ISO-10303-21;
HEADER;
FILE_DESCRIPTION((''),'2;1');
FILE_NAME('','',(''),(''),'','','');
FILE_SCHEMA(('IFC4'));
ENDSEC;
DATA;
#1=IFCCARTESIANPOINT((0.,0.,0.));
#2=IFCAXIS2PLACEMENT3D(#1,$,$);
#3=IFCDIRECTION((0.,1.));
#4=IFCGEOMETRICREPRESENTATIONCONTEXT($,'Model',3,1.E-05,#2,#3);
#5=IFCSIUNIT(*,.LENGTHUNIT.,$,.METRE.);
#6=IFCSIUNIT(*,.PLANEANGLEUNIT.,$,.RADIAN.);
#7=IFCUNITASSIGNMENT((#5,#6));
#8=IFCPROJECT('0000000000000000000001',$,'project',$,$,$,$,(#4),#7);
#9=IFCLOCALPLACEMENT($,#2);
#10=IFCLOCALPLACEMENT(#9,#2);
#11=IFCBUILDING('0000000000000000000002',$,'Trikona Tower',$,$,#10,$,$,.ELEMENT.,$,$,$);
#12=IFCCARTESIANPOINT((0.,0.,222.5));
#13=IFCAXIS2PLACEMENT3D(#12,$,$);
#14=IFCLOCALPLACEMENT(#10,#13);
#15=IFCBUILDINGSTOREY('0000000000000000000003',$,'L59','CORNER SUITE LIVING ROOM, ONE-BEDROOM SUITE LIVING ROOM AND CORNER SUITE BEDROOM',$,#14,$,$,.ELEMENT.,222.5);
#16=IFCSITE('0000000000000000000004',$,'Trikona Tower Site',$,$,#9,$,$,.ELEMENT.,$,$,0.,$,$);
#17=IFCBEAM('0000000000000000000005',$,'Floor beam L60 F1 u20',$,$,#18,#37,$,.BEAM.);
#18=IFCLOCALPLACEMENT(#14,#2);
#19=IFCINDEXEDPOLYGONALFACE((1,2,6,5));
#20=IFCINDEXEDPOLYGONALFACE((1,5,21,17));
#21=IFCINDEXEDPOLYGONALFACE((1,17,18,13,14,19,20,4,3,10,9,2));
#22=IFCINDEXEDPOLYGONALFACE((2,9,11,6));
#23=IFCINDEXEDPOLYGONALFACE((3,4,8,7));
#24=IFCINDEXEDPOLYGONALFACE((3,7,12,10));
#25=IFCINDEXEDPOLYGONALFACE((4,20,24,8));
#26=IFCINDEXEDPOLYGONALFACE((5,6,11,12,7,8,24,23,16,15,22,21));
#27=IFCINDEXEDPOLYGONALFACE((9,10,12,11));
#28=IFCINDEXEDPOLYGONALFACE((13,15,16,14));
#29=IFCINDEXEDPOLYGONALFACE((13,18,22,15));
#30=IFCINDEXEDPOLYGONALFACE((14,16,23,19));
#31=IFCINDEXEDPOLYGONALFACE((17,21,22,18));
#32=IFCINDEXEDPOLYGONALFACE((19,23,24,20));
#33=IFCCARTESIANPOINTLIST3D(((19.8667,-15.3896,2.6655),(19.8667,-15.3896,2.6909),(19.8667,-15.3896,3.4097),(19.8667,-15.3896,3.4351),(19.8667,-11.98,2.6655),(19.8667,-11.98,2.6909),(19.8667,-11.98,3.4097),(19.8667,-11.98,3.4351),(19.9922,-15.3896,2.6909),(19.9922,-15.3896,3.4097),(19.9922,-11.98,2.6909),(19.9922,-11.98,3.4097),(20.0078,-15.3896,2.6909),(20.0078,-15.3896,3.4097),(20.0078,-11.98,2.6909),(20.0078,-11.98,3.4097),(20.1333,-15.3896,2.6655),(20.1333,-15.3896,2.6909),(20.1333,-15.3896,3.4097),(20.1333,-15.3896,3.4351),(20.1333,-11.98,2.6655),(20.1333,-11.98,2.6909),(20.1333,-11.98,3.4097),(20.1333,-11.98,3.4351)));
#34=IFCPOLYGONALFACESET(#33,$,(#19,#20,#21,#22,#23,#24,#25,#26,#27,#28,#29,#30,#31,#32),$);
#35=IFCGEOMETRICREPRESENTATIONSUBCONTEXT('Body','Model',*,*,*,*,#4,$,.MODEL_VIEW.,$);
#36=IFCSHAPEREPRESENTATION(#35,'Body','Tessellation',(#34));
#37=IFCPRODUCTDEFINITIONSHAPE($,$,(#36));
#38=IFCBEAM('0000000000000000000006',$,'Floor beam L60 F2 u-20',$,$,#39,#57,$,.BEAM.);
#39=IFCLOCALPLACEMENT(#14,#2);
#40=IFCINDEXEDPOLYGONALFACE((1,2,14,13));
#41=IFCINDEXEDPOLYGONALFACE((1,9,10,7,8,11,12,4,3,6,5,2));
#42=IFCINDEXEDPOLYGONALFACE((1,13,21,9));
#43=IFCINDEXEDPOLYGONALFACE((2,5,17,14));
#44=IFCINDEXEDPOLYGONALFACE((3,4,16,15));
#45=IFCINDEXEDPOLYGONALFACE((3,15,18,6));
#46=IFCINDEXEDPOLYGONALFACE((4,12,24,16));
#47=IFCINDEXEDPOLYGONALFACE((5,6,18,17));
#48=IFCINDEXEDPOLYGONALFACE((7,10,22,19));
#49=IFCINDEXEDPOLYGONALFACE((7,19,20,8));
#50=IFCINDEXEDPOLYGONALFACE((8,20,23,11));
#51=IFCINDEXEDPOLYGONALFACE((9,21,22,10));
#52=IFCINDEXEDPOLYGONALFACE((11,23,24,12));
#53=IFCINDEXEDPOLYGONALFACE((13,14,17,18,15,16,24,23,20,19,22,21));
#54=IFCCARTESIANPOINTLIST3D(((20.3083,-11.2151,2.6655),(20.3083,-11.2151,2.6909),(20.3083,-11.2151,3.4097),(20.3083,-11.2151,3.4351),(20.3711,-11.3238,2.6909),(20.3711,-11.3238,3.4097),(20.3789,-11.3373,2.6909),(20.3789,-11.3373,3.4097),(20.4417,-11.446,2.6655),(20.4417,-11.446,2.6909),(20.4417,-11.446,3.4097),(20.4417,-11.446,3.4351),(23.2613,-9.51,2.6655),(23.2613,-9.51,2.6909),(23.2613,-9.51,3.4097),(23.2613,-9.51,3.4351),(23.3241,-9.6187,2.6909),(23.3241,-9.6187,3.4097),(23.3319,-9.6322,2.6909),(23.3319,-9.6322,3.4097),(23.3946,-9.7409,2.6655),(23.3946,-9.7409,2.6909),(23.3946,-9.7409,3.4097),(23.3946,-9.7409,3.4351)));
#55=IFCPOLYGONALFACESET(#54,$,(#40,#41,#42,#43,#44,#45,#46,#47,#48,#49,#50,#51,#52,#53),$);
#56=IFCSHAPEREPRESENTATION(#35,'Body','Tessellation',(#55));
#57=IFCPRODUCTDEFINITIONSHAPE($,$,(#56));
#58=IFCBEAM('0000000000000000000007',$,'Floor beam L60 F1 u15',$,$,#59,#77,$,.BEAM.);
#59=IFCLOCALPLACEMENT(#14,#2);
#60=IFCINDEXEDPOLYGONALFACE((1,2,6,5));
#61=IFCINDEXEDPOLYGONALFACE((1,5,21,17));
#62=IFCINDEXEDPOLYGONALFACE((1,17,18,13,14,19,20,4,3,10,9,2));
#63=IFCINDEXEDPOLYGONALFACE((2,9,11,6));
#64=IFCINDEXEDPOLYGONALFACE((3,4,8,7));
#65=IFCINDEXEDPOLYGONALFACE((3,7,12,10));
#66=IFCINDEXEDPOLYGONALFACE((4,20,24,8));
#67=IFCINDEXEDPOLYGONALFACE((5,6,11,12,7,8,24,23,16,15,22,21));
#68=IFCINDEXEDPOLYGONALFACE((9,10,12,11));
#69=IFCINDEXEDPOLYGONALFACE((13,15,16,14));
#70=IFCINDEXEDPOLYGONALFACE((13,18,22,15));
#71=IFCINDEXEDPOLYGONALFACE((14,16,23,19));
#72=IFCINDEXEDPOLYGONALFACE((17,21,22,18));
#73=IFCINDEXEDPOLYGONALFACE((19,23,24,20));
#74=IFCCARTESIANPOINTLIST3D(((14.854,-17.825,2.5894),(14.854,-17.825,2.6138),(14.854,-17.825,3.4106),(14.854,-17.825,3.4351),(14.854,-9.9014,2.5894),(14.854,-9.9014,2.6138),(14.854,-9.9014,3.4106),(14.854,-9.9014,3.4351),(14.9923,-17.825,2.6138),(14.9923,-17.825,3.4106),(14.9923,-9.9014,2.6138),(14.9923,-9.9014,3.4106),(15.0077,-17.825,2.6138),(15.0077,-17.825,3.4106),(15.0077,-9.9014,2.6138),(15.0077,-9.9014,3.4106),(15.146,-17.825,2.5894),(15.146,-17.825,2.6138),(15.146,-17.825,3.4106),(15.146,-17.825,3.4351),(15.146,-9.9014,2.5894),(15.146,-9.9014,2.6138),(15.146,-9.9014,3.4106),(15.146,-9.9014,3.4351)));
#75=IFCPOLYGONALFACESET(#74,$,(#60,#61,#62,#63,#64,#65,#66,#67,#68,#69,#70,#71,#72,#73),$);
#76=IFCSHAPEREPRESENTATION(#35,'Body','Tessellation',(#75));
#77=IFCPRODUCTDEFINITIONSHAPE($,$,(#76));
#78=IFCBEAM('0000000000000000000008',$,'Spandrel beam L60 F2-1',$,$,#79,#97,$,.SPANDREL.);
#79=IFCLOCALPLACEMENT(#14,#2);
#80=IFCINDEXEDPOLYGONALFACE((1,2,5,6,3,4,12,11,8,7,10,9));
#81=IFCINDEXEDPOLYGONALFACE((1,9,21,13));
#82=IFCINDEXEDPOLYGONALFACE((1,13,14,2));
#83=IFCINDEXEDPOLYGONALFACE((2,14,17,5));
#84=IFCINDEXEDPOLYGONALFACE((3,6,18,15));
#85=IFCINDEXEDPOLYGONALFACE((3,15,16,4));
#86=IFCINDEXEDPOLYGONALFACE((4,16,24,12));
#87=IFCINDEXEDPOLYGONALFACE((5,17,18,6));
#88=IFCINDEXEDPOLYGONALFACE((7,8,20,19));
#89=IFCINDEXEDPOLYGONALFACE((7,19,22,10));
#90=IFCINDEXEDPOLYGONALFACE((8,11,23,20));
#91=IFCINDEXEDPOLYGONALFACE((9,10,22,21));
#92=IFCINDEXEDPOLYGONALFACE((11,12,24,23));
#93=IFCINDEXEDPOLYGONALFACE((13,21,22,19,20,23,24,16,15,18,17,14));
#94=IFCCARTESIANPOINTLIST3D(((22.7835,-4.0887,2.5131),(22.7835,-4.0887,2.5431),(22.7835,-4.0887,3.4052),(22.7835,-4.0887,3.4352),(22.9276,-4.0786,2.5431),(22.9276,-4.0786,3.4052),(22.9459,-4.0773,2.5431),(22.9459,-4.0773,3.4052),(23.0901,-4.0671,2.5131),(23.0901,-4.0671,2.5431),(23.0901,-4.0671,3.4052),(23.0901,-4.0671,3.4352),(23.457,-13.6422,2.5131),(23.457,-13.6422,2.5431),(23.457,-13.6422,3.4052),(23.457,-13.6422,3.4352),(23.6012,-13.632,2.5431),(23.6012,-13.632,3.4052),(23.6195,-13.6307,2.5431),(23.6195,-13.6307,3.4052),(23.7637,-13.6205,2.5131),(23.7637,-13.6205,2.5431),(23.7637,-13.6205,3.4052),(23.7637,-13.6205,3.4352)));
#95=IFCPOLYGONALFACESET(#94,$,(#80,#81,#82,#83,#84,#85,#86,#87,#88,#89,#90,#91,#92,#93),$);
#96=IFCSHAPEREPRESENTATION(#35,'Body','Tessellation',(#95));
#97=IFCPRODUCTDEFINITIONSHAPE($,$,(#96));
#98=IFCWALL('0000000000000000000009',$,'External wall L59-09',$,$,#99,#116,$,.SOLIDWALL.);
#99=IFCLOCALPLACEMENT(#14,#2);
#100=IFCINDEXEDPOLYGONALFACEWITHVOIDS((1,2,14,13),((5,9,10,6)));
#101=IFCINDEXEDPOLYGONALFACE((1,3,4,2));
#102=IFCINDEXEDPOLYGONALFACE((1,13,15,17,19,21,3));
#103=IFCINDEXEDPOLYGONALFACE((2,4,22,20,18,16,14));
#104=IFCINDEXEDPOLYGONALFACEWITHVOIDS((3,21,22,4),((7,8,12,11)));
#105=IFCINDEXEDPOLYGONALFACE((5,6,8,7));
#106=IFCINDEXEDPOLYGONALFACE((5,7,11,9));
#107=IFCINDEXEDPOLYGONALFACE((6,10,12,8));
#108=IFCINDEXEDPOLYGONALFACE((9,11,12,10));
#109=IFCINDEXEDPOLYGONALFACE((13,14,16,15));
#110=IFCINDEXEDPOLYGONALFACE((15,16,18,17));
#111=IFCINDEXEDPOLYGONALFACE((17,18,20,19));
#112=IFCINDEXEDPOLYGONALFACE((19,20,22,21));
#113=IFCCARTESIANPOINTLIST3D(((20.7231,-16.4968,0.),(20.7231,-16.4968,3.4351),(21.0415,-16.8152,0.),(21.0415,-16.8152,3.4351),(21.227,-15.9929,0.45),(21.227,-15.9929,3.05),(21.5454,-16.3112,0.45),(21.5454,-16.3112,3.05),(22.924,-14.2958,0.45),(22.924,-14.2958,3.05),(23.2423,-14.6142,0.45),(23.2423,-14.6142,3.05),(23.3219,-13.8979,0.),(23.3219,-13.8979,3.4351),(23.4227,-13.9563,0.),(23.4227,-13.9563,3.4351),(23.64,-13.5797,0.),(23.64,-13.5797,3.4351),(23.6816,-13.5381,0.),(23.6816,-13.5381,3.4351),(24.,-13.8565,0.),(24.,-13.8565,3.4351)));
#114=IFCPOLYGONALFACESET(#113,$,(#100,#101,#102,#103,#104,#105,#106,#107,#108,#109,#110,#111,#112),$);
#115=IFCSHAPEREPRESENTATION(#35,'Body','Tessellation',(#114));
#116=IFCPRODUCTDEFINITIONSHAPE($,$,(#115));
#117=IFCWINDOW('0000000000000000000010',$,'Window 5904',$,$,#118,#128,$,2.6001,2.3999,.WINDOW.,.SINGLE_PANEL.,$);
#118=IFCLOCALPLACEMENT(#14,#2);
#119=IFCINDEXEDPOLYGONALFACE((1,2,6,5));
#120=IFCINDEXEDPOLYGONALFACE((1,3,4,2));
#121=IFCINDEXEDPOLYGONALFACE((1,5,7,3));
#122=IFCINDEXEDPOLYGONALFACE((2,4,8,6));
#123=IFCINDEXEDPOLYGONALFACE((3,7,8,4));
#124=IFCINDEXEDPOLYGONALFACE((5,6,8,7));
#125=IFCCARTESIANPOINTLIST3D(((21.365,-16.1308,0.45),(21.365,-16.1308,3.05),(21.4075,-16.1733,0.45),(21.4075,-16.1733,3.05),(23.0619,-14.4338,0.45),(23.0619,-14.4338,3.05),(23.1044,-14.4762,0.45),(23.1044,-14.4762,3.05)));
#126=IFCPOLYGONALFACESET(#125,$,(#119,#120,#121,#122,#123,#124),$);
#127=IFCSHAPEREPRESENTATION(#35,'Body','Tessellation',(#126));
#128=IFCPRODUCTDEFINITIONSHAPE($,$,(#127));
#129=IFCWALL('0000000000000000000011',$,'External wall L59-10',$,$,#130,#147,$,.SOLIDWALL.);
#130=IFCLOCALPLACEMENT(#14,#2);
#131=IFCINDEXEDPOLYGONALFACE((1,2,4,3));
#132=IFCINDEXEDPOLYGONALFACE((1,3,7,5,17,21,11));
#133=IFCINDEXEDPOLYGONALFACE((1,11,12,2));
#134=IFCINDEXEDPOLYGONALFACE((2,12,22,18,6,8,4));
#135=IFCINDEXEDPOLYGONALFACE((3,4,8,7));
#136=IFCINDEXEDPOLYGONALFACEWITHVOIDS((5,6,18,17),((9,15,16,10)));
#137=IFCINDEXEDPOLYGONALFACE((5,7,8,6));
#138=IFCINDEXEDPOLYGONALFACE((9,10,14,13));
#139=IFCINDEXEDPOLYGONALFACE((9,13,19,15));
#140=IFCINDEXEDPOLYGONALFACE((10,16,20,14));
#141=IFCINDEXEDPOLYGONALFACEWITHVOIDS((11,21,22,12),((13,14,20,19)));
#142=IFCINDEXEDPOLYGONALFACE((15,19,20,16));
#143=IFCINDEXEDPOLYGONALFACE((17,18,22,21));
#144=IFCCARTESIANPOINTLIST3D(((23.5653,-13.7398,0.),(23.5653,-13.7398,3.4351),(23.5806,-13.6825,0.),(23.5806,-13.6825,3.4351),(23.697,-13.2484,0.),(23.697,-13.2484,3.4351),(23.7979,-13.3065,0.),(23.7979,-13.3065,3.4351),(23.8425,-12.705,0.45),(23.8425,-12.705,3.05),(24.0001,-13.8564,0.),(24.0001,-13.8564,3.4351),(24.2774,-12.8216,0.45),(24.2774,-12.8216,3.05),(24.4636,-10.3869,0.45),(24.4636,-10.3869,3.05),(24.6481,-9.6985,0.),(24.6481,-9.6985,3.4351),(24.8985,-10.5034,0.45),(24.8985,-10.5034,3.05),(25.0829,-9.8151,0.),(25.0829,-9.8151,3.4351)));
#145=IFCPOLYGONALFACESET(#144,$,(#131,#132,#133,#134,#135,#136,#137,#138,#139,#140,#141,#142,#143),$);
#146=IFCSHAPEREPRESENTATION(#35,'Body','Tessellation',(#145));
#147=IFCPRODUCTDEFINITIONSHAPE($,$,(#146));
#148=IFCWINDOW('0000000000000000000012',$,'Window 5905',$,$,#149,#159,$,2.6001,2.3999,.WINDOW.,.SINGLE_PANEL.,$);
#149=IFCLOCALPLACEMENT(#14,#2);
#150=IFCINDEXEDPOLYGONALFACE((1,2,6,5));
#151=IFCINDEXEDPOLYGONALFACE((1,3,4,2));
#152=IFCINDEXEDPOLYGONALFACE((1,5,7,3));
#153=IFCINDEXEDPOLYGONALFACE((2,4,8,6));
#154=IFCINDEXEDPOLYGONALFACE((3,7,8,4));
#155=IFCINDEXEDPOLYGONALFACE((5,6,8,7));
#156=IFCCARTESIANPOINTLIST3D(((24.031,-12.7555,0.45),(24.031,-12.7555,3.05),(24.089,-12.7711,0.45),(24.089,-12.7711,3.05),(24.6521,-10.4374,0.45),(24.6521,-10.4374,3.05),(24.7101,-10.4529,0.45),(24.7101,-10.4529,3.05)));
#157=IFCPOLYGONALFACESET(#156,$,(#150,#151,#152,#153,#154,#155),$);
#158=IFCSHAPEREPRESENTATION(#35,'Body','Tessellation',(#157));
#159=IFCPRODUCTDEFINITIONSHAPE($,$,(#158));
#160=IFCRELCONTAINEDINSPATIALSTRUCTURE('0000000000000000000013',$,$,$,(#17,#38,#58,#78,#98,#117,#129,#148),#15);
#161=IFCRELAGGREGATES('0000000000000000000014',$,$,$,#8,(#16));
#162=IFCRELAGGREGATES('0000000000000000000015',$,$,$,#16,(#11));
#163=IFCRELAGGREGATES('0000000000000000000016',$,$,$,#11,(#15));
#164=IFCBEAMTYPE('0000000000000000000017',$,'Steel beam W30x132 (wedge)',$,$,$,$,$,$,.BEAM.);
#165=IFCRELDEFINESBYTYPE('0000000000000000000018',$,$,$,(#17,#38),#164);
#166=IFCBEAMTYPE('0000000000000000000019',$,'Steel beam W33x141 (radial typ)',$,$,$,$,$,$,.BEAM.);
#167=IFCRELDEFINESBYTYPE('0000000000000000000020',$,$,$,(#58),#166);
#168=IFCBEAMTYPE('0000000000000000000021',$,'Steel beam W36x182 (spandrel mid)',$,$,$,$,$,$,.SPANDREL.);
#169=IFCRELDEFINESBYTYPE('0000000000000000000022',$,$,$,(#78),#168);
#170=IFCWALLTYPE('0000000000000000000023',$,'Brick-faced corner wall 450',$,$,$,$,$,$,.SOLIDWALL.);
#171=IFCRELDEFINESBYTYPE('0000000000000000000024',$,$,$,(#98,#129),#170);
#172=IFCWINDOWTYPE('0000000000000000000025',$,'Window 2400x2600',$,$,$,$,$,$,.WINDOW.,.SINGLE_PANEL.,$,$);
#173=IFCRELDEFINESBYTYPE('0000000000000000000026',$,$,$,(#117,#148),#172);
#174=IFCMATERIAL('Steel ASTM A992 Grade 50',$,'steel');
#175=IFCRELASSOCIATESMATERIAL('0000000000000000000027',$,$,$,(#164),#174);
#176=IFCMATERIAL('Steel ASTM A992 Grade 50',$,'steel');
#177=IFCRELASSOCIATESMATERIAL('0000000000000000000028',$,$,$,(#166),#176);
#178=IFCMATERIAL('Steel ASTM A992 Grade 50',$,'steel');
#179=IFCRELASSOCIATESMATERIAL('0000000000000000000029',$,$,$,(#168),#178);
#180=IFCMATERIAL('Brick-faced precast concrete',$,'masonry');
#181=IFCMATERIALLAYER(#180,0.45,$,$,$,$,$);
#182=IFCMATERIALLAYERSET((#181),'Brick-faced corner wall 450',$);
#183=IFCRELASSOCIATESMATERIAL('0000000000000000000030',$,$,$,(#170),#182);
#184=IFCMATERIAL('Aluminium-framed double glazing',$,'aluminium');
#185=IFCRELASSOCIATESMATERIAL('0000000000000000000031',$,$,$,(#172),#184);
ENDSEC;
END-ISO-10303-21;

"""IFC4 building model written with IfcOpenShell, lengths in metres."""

from ifc_helpers import new_model, si_unit, direction, frame, frame_2d, origin, origin_2d, place, context, subcontext, project, spatial, polyline, rectangle, i_section, outline, extrude, material, layer, layer_set, material_profile, profile_set, type_object, element, fill, save


model = new_model("IFC4")

# Units and contexts
model_context = context("Model", 3, precision=1e-05, world=origin(), true_north=direction((0.0, 1.0)))
body_context = subcontext(model_context, "Body", "Model", "MODEL_VIEW")
ifc_project = project(units=[si_unit("LENGTHUNIT", "METRE"), si_unit("PLANEANGLEUNIT", "RADIAN")], contexts=[model_context])

# Site, building, storey
site_placement = place(None, origin())
site = spatial("IfcSite", under=ifc_project, at=site_placement, Name="Trikona Tower Site", CompositionType="ELEMENT", RefElevation=0.0)
building_placement = place(site_placement, origin())
building = spatial("IfcBuilding", under=site, at=building_placement, Name="Trikona Tower", CompositionType="ELEMENT")
storey_placement = place(building_placement, frame((0.0, 0.0, 222.5)))
storey = spatial("IfcBuildingStorey", under=building, at=storey_placement, Name="L59", Description="CORNER SUITE LIVING ROOM, ONE-BEDROOM SUITE LIVING ROOM AND CORNER SUITE BEDROOM", CompositionType="ELEMENT", Elevation=222.5)

# Beams
ifc_material_1 = material(Name="Steel ASTM A992 Grade 50", Category="steel")
ifc_material_profile_1 = material_profile(ifc_material_1, i_section(OverallWidth=0.2666, OverallDepth=0.7695, WebThickness=0.0156, FlangeThickness=0.0254, at=origin_2d()), Name="W30X132")
ifc_profile_set_1 = profile_set([ifc_material_profile_1], Name="Steel ASTM A992 Grade 50")
beam_type_1 = type_object("IfcBeamType", Name="Steel beam W30x132 (wedge)", PredefinedType="BEAM", material=ifc_profile_set_1)
beam_1_placement = place(storey_placement, frame((20.0, -11.98, 3.0503), z_axis=(0.0, -1.0, 0.0), x_axis=(1.0, 0.0, 0.0)))
element("IfcBeam", 1, at=beam_1_placement, inside=storey, type_object=beam_type_1, Name="Floor beam L60 F1 u20", PredefinedType="BEAM", context=body_context, shape_type="SweptSolid", body=[
    extrude(i_section(OverallWidth=0.2666, OverallDepth=0.7695, WebThickness=0.0156, FlangeThickness=0.0254, at=origin_2d()), origin(), (0.0, 0.0, 1.0), 3.4097),
])
beam_2_placement = place(storey_placement, frame((20.375, -11.3306, 3.0503), z_axis=(0.865996, 0.500051, 0.0), x_axis=(-0.500051, 0.865996, 0.0)))
element("IfcBeam", 2, at=beam_2_placement, inside=storey, type_object=beam_type_1, Name="Floor beam L60 F2 u-20", PredefinedType="BEAM", context=body_context, shape_type="SweptSolid", body=[
    extrude(i_section(OverallWidth=0.2666, OverallDepth=0.7695, WebThickness=0.0156, FlangeThickness=0.0254, at=origin_2d()), origin(), (0.0, 0.0, 1.0), 3.4099),
])
ifc_material_2 = material(Name="Steel ASTM A992 Grade 50", Category="steel")
ifc_material_profile_2 = material_profile(ifc_material_2, i_section(OverallWidth=0.292, OverallDepth=0.8457, WebThickness=0.0154, FlangeThickness=0.0244, at=origin_2d()), Name="W33X141")
ifc_profile_set_2 = profile_set([ifc_material_profile_2], Name="Steel ASTM A992 Grade 50")
beam_type_2 = type_object("IfcBeamType", Name="Steel beam W33x141 (radial typ)", PredefinedType="BEAM", material=ifc_profile_set_2)
beam_3_placement = place(storey_placement, frame((15.0, -9.9014, 3.0122), z_axis=(0.0, -1.0, 0.0), x_axis=(1.0, 0.0, 0.0)))
element("IfcBeam", 3, at=beam_3_placement, inside=storey, type_object=beam_type_2, Name="Floor beam L60 F1 u15", PredefinedType="BEAM", context=body_context, shape_type="SweptSolid", body=[
    extrude(i_section(OverallWidth=0.292, OverallDepth=0.8457, WebThickness=0.0154, FlangeThickness=0.0244, at=origin_2d()), origin(), (0.0, 0.0, 1.0), 7.9236),
])
ifc_material_3 = material(Name="Steel ASTM A992 Grade 50", Category="steel")
ifc_material_profile_3 = material_profile(ifc_material_3, i_section(OverallWidth=0.3074, OverallDepth=0.9221, WebThickness=0.0183, FlangeThickness=0.03, at=origin_2d()), Name="W36X182")
ifc_profile_set_3 = profile_set([ifc_material_profile_3], Name="Steel ASTM A992 Grade 50")
beam_type_3 = type_object("IfcBeamType", Name="Steel beam W36x182 (spandrel mid)", PredefinedType="SPANDREL", material=ifc_profile_set_3)
beam_4_placement = place(storey_placement, frame((23.6104, -13.6313, 2.9741), z_axis=(-0.070332, 0.997524, 0.0), x_axis=(-0.997524, -0.070332, 0.0)))
element("IfcBeam", 4, at=beam_4_placement, inside=storey, type_object=beam_type_3, Name="Spandrel beam L60 F2-1", PredefinedType="SPANDREL", context=body_context, shape_type="SweptSolid", body=[
    extrude(i_section(OverallWidth=0.3074, OverallDepth=0.9221, WebThickness=0.0183, FlangeThickness=0.03, at=origin_2d()), origin(), (0.0, 0.0, 1.0), 9.5771),
])

# Walls, openings, windows
ifc_material_4 = material(Name="Brick-faced precast concrete", Category="masonry")
ifc_layer_1 = layer(ifc_material_4, 0.45)
ifc_layer_set_1 = layer_set([ifc_layer_1], Name="Brick-faced corner wall 450")
wall_type_1 = type_object("IfcWallType", Name="Brick-faced corner wall 450", PredefinedType="SOLIDWALL", material=ifc_layer_set_1)
wall_1_placement = place(storey_placement, frame((20.8823, -16.656, 0.0), z_axis=(0.0, 0.0, 1.0), x_axis=(0.707078, 0.707136, 0.0)))
wall_1 = element("IfcWall", 5, at=wall_1_placement, inside=storey, type_object=wall_type_1, Name="External wall L59-09", PredefinedType="SOLIDWALL", context=body_context, shape_type="SweptSolid", body=[
    extrude(outline(polyline([(4.1841, 0.2251), (4.1252, 0.2251), (3.7053, 0.1125), (3.6753, 0.2251), (0.0, 0.2251), (0.0, -0.2251), (4.1841, -0.2251), (4.1841, 0.2251)])), origin(), (0.0, 0.0, 1.0), 3.4351),
])
opening_1_placement = place(wall_1_placement, frame((0.7126, 0.0, 0.45)))
opening_1 = element("IfcOpeningElement", 6, at=opening_1_placement, cuts=wall_1, PredefinedType="OPENING", context=body_context, shape_type="SweptSolid", body=[
    extrude(rectangle(XDim=2.3999, YDim=2.6001, at=frame_2d((1.2, 1.3))), frame((0.0, 0.2349, 0.0), z_axis=(0.0, -1.0, 0.0), x_axis=(1.0, 0.0, 0.0)), (0.0, 0.0, 1.0), 0.47),
])
ifc_material_5 = material(Name="Aluminium-framed double glazing", Category="aluminium")
window_type_1 = type_object("IfcWindowType", Name="Window 2400x2600", PartitioningType="SINGLE_PANEL", PredefinedType="WINDOW", material=ifc_material_5)
window_1_placement = place(opening_1_placement, origin())
window_1 = element("IfcWindow", 7, at=window_1_placement, inside=storey, type_object=window_type_1, Name="Window 5904", OverallHeight=2.6001, OverallWidth=2.3999, PartitioningType="SINGLE_PANEL", PredefinedType="WINDOW", context=body_context, shape_type="SweptSolid", body=[
    extrude(rectangle(XDim=2.3999, YDim=2.6001, at=frame_2d((1.2, 1.3))), frame((0.0, 0.03, 0.0), z_axis=(0.0, -1.0, 0.0), x_axis=(1.0, 0.0, 0.0)), (0.0, 0.0, 1.0), 0.0601),
])
fill(opening_1, window_1)
wall_2_placement = place(storey_placement, frame((23.7827, -13.7981, 0.0), z_axis=(0.0, 0.0, 1.0), x_axis=(0.258799, 0.965931, 0.0)))
wall_2 = element("IfcWall", 8, at=wall_2_placement, inside=storey, type_object=wall_type_1, Name="External wall L59-10", PredefinedType="SOLIDWALL", context=body_context, shape_type="SweptSolid", body=[
    extrude(outline(polyline([(4.1838, 0.2251), (0.5088, 0.2251), (0.4788, 0.1125), (0.0593, 0.2251), (0.0, 0.2251), (0.0, -0.2251), (4.1838, -0.2251), (4.1838, 0.2251)])), origin(), (0.0, 0.0, 1.0), 3.4351),
])
opening_2_placement = place(wall_2_placement, frame((1.0713, 0.0, 0.45)))
opening_2 = element("IfcOpeningElement", 9, at=opening_2_placement, cuts=wall_2, PredefinedType="OPENING", context=body_context, shape_type="SweptSolid", body=[
    extrude(rectangle(XDim=2.3999, YDim=2.6001, at=frame_2d((1.2, 1.3))), frame((0.0, 0.2349, 0.0), z_axis=(0.0, -1.0, 0.0), x_axis=(1.0, 0.0, 0.0)), (0.0, 0.0, 1.0), 0.47),
])
window_2_placement = place(opening_2_placement, origin())
window_2 = element("IfcWindow", 10, at=window_2_placement, inside=storey, type_object=window_type_1, Name="Window 5905", OverallHeight=2.6001, OverallWidth=2.3999, PartitioningType="SINGLE_PANEL", PredefinedType="WINDOW", context=body_context, shape_type="SweptSolid", body=[
    extrude(rectangle(XDim=2.3999, YDim=2.6001, at=frame_2d((1.2, 1.3))), frame((0.0, 0.03, 0.0), z_axis=(0.0, -1.0, 0.0), x_axis=(1.0, 0.0, 0.0)), (0.0, 0.0, 1.0), 0.0601),
])
fill(opening_2, window_2)

save(model, "model.ifc")
